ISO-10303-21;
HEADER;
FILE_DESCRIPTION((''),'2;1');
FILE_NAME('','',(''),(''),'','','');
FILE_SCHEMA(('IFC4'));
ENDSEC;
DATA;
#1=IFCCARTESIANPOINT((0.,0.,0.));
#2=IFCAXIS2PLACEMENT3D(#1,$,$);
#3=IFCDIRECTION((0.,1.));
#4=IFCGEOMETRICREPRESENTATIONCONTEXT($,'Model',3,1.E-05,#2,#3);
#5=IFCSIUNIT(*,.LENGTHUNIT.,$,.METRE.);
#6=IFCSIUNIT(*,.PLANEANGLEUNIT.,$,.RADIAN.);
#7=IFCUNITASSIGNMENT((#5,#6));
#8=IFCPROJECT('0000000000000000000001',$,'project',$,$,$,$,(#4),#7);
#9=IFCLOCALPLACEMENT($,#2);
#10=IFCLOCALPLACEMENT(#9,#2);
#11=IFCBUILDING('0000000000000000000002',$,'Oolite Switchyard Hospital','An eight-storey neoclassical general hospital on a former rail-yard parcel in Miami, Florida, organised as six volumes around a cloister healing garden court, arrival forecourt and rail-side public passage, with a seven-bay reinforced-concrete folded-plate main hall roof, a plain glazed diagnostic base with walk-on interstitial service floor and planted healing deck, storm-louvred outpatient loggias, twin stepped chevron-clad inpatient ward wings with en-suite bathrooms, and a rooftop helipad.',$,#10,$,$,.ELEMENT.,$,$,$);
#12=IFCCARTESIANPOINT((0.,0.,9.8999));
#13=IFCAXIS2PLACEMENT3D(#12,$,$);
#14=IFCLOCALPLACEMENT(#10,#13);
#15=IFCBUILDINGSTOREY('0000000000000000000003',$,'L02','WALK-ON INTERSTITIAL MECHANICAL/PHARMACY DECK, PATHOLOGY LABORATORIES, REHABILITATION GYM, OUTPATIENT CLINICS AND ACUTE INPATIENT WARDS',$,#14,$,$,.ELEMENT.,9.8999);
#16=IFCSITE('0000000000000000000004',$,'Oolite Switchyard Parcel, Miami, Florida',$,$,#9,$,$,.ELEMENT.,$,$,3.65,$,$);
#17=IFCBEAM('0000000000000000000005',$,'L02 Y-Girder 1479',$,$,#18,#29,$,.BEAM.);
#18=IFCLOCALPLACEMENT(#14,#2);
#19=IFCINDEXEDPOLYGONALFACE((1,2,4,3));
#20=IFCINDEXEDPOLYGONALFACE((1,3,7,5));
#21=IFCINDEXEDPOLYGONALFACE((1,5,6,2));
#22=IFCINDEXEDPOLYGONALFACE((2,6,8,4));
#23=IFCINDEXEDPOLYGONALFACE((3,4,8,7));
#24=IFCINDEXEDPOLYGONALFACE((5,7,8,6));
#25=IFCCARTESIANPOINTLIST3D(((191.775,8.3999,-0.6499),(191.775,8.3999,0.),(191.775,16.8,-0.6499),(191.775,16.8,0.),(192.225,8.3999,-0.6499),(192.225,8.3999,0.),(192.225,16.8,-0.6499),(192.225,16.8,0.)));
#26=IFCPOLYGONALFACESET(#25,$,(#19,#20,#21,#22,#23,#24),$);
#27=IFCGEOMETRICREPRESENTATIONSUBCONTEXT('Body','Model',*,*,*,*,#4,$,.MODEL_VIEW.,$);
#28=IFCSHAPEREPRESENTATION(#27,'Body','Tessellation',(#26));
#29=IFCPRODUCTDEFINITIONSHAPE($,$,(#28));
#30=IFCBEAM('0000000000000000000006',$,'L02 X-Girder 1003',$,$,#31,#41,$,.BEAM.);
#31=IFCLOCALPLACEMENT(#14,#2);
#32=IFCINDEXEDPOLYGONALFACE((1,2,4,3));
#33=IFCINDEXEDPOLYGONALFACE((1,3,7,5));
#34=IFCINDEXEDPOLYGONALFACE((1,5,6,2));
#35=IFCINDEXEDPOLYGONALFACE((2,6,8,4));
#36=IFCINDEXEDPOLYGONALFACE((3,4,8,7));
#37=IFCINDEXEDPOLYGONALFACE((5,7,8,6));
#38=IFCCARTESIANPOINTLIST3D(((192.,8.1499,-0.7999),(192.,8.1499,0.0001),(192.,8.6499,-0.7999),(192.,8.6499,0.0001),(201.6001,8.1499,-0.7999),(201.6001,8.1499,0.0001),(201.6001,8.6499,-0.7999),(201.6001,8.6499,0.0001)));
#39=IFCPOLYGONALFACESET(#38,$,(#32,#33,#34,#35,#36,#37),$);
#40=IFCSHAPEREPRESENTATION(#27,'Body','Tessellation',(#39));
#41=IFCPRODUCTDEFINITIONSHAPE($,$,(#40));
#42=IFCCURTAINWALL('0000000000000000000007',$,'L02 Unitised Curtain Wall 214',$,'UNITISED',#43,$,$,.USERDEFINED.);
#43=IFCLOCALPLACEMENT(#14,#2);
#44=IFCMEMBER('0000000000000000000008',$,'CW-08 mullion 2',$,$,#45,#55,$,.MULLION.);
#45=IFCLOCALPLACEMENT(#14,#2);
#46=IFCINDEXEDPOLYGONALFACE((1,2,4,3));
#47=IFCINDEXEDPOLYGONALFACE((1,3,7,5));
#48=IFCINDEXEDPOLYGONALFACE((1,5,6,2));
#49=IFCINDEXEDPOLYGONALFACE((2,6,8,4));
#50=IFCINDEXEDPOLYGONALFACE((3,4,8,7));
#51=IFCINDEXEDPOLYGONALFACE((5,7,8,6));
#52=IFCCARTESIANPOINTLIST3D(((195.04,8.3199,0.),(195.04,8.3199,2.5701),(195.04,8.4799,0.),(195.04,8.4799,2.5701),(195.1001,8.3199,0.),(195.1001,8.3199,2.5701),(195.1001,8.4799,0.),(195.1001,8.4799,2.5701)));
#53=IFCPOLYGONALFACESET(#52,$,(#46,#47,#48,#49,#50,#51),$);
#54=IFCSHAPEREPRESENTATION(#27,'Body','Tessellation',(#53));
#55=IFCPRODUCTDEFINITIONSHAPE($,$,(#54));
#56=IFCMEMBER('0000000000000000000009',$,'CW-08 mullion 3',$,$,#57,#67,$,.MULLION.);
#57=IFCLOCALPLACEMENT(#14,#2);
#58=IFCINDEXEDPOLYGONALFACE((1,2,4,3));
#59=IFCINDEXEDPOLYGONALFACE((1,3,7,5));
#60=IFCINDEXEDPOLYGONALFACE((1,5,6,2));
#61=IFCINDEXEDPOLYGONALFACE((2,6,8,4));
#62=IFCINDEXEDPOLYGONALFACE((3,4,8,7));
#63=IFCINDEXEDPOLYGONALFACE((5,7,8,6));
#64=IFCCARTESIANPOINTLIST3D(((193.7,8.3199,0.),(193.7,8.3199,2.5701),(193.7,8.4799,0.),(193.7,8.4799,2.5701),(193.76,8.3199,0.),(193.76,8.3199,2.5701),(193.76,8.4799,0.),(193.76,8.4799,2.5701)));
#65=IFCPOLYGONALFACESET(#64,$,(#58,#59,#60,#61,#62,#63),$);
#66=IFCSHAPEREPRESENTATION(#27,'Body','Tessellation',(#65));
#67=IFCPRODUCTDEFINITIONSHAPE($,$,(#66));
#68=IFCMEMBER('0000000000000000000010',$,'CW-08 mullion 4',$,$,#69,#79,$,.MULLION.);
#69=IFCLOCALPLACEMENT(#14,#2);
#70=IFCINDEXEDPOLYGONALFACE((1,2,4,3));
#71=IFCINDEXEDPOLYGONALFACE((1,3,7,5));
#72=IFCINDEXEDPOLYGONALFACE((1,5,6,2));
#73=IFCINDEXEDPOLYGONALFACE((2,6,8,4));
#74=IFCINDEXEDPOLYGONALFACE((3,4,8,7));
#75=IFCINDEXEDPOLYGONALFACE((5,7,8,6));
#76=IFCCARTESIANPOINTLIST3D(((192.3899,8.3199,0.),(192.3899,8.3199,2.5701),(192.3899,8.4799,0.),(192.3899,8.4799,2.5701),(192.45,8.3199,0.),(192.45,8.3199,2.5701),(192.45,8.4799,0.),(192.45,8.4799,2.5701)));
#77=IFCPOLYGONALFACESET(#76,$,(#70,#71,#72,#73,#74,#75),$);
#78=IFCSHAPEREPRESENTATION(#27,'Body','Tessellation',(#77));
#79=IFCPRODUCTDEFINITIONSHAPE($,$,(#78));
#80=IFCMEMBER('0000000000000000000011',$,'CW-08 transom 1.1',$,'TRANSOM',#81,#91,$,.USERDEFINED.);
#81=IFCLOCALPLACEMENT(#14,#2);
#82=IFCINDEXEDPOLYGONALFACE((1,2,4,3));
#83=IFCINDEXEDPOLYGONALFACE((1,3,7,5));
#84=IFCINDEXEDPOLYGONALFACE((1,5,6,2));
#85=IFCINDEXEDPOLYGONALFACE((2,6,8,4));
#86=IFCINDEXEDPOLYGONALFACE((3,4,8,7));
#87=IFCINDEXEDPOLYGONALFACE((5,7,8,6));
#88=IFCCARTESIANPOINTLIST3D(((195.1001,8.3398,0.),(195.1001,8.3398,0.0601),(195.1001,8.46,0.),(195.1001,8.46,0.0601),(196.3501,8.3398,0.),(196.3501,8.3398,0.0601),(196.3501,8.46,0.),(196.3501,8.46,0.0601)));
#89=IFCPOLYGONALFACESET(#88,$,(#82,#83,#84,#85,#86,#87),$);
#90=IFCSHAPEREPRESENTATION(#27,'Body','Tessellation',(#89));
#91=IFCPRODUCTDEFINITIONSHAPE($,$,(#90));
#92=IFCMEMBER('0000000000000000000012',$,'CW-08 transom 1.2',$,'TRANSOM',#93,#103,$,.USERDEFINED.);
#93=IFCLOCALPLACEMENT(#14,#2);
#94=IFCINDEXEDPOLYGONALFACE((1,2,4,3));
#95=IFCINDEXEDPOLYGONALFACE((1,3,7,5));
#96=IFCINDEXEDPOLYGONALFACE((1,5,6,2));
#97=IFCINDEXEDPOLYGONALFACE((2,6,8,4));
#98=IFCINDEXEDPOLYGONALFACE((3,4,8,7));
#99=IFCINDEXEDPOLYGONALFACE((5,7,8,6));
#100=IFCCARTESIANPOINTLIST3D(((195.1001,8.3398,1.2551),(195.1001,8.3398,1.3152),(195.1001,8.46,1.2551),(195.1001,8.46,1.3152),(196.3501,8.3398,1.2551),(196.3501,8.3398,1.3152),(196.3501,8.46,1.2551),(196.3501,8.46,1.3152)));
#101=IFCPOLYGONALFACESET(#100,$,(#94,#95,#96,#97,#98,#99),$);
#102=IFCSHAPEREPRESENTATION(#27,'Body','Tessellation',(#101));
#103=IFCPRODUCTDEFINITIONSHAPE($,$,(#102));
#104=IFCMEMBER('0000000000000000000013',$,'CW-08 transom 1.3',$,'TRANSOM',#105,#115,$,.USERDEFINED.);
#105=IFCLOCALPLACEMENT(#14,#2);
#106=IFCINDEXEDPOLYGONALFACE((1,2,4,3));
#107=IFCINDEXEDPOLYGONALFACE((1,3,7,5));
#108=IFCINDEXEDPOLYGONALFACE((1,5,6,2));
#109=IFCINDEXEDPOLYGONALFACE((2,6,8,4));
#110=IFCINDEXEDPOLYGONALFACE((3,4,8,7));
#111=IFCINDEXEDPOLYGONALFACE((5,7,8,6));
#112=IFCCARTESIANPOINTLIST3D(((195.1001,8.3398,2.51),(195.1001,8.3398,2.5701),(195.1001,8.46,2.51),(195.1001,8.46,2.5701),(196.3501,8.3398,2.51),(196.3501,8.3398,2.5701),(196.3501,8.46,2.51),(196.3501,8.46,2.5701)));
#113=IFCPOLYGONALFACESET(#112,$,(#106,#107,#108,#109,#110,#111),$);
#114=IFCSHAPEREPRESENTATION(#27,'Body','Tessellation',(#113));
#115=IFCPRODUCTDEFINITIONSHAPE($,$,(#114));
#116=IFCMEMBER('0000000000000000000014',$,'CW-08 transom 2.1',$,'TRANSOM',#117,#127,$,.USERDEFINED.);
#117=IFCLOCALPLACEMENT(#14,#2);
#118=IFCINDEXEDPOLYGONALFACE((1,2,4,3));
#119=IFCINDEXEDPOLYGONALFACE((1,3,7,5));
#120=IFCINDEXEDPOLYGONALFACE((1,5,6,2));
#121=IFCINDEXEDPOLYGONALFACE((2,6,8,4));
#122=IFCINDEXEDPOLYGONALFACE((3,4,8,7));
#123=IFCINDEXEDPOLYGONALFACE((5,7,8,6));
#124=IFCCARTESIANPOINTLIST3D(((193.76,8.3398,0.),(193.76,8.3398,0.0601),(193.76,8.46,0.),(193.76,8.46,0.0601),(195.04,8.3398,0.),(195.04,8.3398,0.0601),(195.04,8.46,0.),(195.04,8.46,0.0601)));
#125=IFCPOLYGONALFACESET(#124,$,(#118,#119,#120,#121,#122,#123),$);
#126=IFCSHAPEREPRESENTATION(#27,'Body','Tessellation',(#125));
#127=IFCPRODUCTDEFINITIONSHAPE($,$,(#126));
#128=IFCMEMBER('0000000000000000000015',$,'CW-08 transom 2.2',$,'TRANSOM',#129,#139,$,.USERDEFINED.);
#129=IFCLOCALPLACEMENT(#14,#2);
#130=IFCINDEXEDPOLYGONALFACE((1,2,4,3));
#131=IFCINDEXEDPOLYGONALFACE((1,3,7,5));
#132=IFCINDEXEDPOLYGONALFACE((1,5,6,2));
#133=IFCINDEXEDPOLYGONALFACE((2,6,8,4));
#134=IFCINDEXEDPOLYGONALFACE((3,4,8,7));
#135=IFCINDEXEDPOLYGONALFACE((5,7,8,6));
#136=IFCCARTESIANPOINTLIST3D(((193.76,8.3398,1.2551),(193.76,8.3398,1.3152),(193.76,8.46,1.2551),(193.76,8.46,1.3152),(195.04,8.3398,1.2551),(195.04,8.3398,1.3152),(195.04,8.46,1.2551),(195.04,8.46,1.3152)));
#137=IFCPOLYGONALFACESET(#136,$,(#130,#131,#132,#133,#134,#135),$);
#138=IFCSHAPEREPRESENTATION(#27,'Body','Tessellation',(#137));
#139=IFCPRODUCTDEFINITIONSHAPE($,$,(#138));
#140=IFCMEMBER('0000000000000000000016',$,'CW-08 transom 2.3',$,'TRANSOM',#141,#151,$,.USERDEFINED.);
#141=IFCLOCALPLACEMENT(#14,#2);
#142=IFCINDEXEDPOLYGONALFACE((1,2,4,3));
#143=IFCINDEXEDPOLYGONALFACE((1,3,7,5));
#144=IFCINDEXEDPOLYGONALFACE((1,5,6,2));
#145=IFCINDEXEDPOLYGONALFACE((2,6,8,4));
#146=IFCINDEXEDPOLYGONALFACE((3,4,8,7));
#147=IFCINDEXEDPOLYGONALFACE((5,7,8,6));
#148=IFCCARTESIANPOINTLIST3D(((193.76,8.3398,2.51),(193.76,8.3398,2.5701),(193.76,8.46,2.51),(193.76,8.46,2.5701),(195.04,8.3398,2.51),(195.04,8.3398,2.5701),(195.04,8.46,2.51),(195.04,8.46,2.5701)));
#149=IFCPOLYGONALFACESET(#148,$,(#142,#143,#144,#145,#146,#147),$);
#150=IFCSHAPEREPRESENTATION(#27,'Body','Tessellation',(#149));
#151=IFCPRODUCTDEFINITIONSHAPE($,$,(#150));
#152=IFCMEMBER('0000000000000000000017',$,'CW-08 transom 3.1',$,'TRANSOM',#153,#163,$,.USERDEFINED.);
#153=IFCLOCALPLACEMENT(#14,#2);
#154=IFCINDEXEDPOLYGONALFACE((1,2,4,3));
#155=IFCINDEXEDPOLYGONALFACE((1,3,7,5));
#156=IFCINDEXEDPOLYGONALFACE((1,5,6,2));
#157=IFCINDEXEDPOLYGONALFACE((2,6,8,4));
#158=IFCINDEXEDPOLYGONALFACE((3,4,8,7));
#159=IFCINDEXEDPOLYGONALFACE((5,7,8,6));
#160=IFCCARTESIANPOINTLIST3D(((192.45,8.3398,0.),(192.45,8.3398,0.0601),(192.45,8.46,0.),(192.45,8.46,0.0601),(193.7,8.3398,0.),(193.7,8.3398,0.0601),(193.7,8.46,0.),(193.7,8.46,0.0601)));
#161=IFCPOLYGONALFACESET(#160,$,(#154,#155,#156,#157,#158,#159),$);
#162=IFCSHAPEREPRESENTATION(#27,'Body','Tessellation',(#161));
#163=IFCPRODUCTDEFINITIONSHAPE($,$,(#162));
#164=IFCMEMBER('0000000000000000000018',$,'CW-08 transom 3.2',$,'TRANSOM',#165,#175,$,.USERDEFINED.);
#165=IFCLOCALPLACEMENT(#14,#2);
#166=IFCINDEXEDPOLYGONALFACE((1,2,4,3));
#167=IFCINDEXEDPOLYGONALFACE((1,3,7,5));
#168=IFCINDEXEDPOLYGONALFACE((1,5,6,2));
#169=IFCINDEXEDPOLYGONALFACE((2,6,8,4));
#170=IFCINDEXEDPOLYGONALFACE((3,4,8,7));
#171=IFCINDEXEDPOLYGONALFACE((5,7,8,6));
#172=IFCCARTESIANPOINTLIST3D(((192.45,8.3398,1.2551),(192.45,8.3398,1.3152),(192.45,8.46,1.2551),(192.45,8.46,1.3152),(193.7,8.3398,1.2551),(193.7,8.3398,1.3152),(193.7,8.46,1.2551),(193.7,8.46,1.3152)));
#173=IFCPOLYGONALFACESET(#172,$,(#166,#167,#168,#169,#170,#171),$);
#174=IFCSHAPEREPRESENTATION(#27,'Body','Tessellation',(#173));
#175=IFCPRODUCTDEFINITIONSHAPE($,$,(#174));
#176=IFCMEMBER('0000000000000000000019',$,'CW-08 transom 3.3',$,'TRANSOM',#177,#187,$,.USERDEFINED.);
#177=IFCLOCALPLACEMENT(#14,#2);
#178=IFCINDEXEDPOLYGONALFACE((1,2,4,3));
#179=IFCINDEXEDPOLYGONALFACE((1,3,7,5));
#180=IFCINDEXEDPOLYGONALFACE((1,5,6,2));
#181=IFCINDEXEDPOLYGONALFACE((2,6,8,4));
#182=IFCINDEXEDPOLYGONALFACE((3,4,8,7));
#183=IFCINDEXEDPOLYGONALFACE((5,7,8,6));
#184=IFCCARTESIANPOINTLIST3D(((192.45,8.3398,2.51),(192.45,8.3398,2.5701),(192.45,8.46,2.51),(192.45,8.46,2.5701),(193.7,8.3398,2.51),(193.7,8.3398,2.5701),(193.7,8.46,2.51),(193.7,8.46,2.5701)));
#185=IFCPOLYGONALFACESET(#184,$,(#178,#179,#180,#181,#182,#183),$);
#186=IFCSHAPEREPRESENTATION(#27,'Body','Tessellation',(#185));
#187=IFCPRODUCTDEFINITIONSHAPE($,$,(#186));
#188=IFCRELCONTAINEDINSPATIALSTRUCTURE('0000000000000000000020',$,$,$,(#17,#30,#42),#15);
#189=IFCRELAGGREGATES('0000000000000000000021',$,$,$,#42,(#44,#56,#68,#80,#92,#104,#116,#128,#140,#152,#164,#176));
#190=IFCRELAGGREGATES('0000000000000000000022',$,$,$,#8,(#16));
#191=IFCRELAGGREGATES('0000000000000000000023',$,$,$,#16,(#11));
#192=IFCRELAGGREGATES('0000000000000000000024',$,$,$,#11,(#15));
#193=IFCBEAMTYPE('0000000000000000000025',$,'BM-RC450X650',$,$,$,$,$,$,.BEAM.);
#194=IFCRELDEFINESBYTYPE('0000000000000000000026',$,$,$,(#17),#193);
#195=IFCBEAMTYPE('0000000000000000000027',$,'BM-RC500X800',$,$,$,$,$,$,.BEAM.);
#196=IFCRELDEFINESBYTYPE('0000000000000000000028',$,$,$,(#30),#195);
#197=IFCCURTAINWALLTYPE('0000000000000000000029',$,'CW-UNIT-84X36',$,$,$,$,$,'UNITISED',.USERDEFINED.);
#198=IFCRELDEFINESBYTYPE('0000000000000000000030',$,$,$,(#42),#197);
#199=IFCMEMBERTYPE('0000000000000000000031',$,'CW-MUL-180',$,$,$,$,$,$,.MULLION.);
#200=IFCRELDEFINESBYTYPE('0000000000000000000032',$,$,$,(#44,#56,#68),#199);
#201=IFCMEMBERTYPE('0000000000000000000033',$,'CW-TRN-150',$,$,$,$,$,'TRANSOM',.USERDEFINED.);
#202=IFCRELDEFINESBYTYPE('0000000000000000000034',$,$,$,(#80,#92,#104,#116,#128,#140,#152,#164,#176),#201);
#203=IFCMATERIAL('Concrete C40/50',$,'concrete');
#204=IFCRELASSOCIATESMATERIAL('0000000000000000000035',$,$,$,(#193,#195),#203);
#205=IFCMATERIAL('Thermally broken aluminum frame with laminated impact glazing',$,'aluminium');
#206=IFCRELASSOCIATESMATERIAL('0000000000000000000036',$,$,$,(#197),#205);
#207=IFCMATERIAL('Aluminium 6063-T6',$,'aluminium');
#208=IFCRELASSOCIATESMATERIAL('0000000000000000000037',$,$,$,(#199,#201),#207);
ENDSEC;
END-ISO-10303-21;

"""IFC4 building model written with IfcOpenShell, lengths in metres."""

from ifc_helpers import new_model, si_unit, direction, frame, origin, origin_2d, place, context, subcontext, project, spatial, rectangle, extrude, material, material_profile, profile_set, type_object, element, aggregate, save


model = new_model("IFC4")

# Units and contexts
model_context = context("Model", 3, precision=1e-05, world=origin(), true_north=direction((0.0, 1.0)))
body_context = subcontext(model_context, "Body", "Model", "MODEL_VIEW")
ifc_project = project(units=[si_unit("LENGTHUNIT", "METRE"), si_unit("PLANEANGLEUNIT", "RADIAN")], contexts=[model_context])

# Site, building, storey
site_placement = place(None, origin())
site = spatial("IfcSite", under=ifc_project, at=site_placement, Name="Oolite Switchyard Parcel, Miami, Florida", CompositionType="ELEMENT", RefElevation=3.65)
building_placement = place(site_placement, origin())
building = spatial("IfcBuilding", under=site, at=building_placement, Name="Oolite Switchyard Hospital", Description="An eight-storey neoclassical general hospital on a former rail-yard parcel in Miami, Florida, organised as six volumes around a cloister healing garden court, arrival forecourt and rail-side public passage, with a seven-bay reinforced-concrete folded-plate main hall roof, a plain glazed diagnostic base with walk-on interstitial service floor and planted healing deck, storm-louvred outpatient loggias, twin stepped chevron-clad inpatient ward wings with en-suite bathrooms, and a rooftop helipad.", CompositionType="ELEMENT")
storey_placement = place(building_placement, frame((0.0, 0.0, 9.8999)))
storey = spatial("IfcBuildingStorey", under=building, at=storey_placement, Name="L02", Description="WALK-ON INTERSTITIAL MECHANICAL/PHARMACY DECK, PATHOLOGY LABORATORIES, REHABILITATION GYM, OUTPATIENT CLINICS AND ACUTE INPATIENT WARDS", CompositionType="ELEMENT", Elevation=9.8999)

# Beams
ifc_material_1 = material(Name="Concrete C40/50", Category="concrete")
ifc_material_profile_1 = material_profile(ifc_material_1, rectangle(XDim=0.45, YDim=0.6499, at=origin_2d()), Name="RCB450X650")
ifc_profile_set_1 = profile_set([ifc_material_profile_1], Name="Concrete C40/50")
beam_type_1 = type_object("IfcBeamType", Name="BM-RC450X650", PredefinedType="BEAM", material=ifc_profile_set_1)
beam_1_placement = place(storey_placement, frame((192.0, 8.3999, -0.325), z_axis=(0.0, 1.0, 0.0), x_axis=(-1.0, 0.0, 0.0)))
element("IfcBeam", 1, at=beam_1_placement, inside=storey, type_object=beam_type_1, Name="L02 Y-Girder 1479", PredefinedType="BEAM", context=body_context, shape_type="SweptSolid", body=[
    extrude(rectangle(XDim=0.45, YDim=0.6499, at=origin_2d()), origin(), (0.0, 0.0, 1.0), 8.4001),
])
ifc_material_profile_2 = material_profile(ifc_material_1, rectangle(XDim=0.5, YDim=0.8, at=origin_2d()), Name="RCB500X800")
ifc_profile_set_2 = profile_set([ifc_material_profile_2], Name="Concrete C40/50")
beam_type_2 = type_object("IfcBeamType", Name="BM-RC500X800", PredefinedType="BEAM", material=ifc_profile_set_2)
beam_2_placement = place(storey_placement, frame((192.0, 8.3999, -0.3999), z_axis=(1.0, 0.0, 0.0), x_axis=(0.0, 1.0, 0.0)))
element("IfcBeam", 2, at=beam_2_placement, inside=storey, type_object=beam_type_2, Name="L02 X-Girder 1003", PredefinedType="BEAM", context=body_context, shape_type="SweptSolid", body=[
    extrude(rectangle(XDim=0.5, YDim=0.8, at=origin_2d()), origin(), (0.0, 0.0, 1.0), 9.6001),
])

# Curtain wall, members
ifc_material_2 = material(Name="Thermally broken aluminum frame with laminated impact glazing", Category="aluminium")
curtain_wall_type = type_object("IfcCurtainWallType", Name="CW-UNIT-84X36", ElementType="UNITISED", PredefinedType="USERDEFINED", material=ifc_material_2)
curtain_wall_placement = place(storey_placement, origin())
curtain_wall = element("IfcCurtainWall", 3, at=curtain_wall_placement, inside=storey, type_object=curtain_wall_type, Name="L02 Unitised Curtain Wall 214", ObjectType="UNITISED", PredefinedType="USERDEFINED")
ifc_material_3 = material(Name="Aluminium 6063-T6", Category="aluminium")
ifc_material_profile_3 = material_profile(ifc_material_3, rectangle(XDim=0.1599, YDim=0.0601, at=origin_2d()), Name="CWM60X160")
ifc_profile_set_3 = profile_set([ifc_material_profile_3], Name="Aluminium 6063-T6")
member_type_1 = type_object("IfcMemberType", Name="CW-MUL-180", PredefinedType="MULLION", material=ifc_profile_set_3)
member_1_placement = place(storey_placement, frame((195.0701, 8.3999, 0.0), z_axis=(0.0, 0.0, 1.0), x_axis=(0.0, -1.0, 0.0)))
member_1 = element("IfcMember", 4, at=member_1_placement, type_object=member_type_1, Name="CW-08 mullion 2", PredefinedType="MULLION", context=body_context, shape_type="SweptSolid", body=[
    extrude(rectangle(XDim=0.1599, YDim=0.0601, at=origin_2d()), origin(), (0.0, 0.0, 1.0), 2.5701),
])
member_2_placement = place(storey_placement, frame((193.73, 8.3999, 0.0), z_axis=(0.0, 0.0, 1.0), x_axis=(0.0, -1.0, 0.0)))
member_2 = element("IfcMember", 5, at=member_2_placement, type_object=member_type_1, Name="CW-08 mullion 3", PredefinedType="MULLION", context=body_context, shape_type="SweptSolid", body=[
    extrude(rectangle(XDim=0.1599, YDim=0.0601, at=origin_2d()), origin(), (0.0, 0.0, 1.0), 2.5701),
])
member_3_placement = place(storey_placement, frame((192.4199, 8.3999, 0.0), z_axis=(0.0, 0.0, 1.0), x_axis=(0.0, -1.0, 0.0)))
member_3 = element("IfcMember", 6, at=member_3_placement, type_object=member_type_1, Name="CW-08 mullion 4", PredefinedType="MULLION", context=body_context, shape_type="SweptSolid", body=[
    extrude(rectangle(XDim=0.1599, YDim=0.0601, at=origin_2d()), origin(), (0.0, 0.0, 1.0), 2.5701),
])
ifc_material_profile_4 = material_profile(ifc_material_3, rectangle(XDim=0.1201, YDim=0.0601, at=origin_2d()), Name="CWT60X120")
ifc_profile_set_4 = profile_set([ifc_material_profile_4], Name="Aluminium 6063-T6")
member_type_2 = type_object("IfcMemberType", Name="CW-TRN-150", ElementType="TRANSOM", PredefinedType="USERDEFINED", material=ifc_profile_set_4)
member_4_placement = place(storey_placement, frame((196.3501, 8.3999, 0.03), z_axis=(-1.0, 0.0, 0.0), x_axis=(0.0, -1.0, 0.0)))
member_4 = element("IfcMember", 7, at=member_4_placement, type_object=member_type_2, Name="CW-08 transom 1.1", ObjectType="TRANSOM", PredefinedType="USERDEFINED", context=body_context, shape_type="SweptSolid", body=[
    extrude(rectangle(XDim=0.1201, YDim=0.0601, at=origin_2d()), origin(), (0.0, 0.0, 1.0), 1.25),
])
member_5_placement = place(storey_placement, frame((196.3501, 8.3999, 1.2852), z_axis=(-1.0, 0.0, 0.0), x_axis=(0.0, -1.0, 0.0)))
member_5 = element("IfcMember", 8, at=member_5_placement, type_object=member_type_2, Name="CW-08 transom 1.2", ObjectType="TRANSOM", PredefinedType="USERDEFINED", context=body_context, shape_type="SweptSolid", body=[
    extrude(rectangle(XDim=0.1201, YDim=0.0601, at=origin_2d()), origin(), (0.0, 0.0, 1.0), 1.25),
])
member_6_placement = place(storey_placement, frame((196.3501, 8.3999, 2.54), z_axis=(-1.0, 0.0, 0.0), x_axis=(0.0, -1.0, 0.0)))
member_6 = element("IfcMember", 9, at=member_6_placement, type_object=member_type_2, Name="CW-08 transom 1.3", ObjectType="TRANSOM", PredefinedType="USERDEFINED", context=body_context, shape_type="SweptSolid", body=[
    extrude(rectangle(XDim=0.1201, YDim=0.0601, at=origin_2d()), origin(), (0.0, 0.0, 1.0), 1.25),
])
member_7_placement = place(storey_placement, frame((195.04, 8.3999, 0.03), z_axis=(-1.0, 0.0, 0.0), x_axis=(0.0, -1.0, 0.0)))
member_7 = element("IfcMember", 10, at=member_7_placement, type_object=member_type_2, Name="CW-08 transom 2.1", ObjectType="TRANSOM", PredefinedType="USERDEFINED", context=body_context, shape_type="SweptSolid", body=[
    extrude(rectangle(XDim=0.1201, YDim=0.0601, at=origin_2d()), origin(), (0.0, 0.0, 1.0), 1.28),
])
member_8_placement = place(storey_placement, frame((195.04, 8.3999, 1.2852), z_axis=(-1.0, 0.0, 0.0), x_axis=(0.0, -1.0, 0.0)))
member_8 = element("IfcMember", 11, at=member_8_placement, type_object=member_type_2, Name="CW-08 transom 2.2", ObjectType="TRANSOM", PredefinedType="USERDEFINED", context=body_context, shape_type="SweptSolid", body=[
    extrude(rectangle(XDim=0.1201, YDim=0.0601, at=origin_2d()), origin(), (0.0, 0.0, 1.0), 1.28),
])
member_9_placement = place(storey_placement, frame((195.04, 8.3999, 2.54), z_axis=(-1.0, 0.0, 0.0), x_axis=(0.0, -1.0, 0.0)))
member_9 = element("IfcMember", 12, at=member_9_placement, type_object=member_type_2, Name="CW-08 transom 2.3", ObjectType="TRANSOM", PredefinedType="USERDEFINED", context=body_context, shape_type="SweptSolid", body=[
    extrude(rectangle(XDim=0.1201, YDim=0.0601, at=origin_2d()), origin(), (0.0, 0.0, 1.0), 1.28),
])
member_10_placement = place(storey_placement, frame((193.7, 8.3999, 0.03), z_axis=(-1.0, 0.0, 0.0), x_axis=(0.0, -1.0, 0.0)))
member_10 = element("IfcMember", 13, at=member_10_placement, type_object=member_type_2, Name="CW-08 transom 3.1", ObjectType="TRANSOM", PredefinedType="USERDEFINED", context=body_context, shape_type="SweptSolid", body=[
    extrude(rectangle(XDim=0.1201, YDim=0.0601, at=origin_2d()), origin(), (0.0, 0.0, 1.0), 1.25),
])
member_11_placement = place(storey_placement, frame((193.7, 8.3999, 1.2852), z_axis=(-1.0, 0.0, 0.0), x_axis=(0.0, -1.0, 0.0)))
member_11 = element("IfcMember", 14, at=member_11_placement, type_object=member_type_2, Name="CW-08 transom 3.2", ObjectType="TRANSOM", PredefinedType="USERDEFINED", context=body_context, shape_type="SweptSolid", body=[
    extrude(rectangle(XDim=0.1201, YDim=0.0601, at=origin_2d()), origin(), (0.0, 0.0, 1.0), 1.25),
])
member_12_placement = place(storey_placement, frame((193.7, 8.3999, 2.54), z_axis=(-1.0, 0.0, 0.0), x_axis=(0.0, -1.0, 0.0)))
member_12 = element("IfcMember", 15, at=member_12_placement, type_object=member_type_2, Name="CW-08 transom 3.3", ObjectType="TRANSOM", PredefinedType="USERDEFINED", context=body_context, shape_type="SweptSolid", body=[
    extrude(rectangle(XDim=0.1201, YDim=0.0601, at=origin_2d()), origin(), (0.0, 0.0, 1.0), 1.25),
])
aggregate(curtain_wall, [member_1, member_2, member_3, member_4, member_5, member_6, member_7, member_8, member_9, member_10, member_11, member_12])

save(model, "model.ifc")
